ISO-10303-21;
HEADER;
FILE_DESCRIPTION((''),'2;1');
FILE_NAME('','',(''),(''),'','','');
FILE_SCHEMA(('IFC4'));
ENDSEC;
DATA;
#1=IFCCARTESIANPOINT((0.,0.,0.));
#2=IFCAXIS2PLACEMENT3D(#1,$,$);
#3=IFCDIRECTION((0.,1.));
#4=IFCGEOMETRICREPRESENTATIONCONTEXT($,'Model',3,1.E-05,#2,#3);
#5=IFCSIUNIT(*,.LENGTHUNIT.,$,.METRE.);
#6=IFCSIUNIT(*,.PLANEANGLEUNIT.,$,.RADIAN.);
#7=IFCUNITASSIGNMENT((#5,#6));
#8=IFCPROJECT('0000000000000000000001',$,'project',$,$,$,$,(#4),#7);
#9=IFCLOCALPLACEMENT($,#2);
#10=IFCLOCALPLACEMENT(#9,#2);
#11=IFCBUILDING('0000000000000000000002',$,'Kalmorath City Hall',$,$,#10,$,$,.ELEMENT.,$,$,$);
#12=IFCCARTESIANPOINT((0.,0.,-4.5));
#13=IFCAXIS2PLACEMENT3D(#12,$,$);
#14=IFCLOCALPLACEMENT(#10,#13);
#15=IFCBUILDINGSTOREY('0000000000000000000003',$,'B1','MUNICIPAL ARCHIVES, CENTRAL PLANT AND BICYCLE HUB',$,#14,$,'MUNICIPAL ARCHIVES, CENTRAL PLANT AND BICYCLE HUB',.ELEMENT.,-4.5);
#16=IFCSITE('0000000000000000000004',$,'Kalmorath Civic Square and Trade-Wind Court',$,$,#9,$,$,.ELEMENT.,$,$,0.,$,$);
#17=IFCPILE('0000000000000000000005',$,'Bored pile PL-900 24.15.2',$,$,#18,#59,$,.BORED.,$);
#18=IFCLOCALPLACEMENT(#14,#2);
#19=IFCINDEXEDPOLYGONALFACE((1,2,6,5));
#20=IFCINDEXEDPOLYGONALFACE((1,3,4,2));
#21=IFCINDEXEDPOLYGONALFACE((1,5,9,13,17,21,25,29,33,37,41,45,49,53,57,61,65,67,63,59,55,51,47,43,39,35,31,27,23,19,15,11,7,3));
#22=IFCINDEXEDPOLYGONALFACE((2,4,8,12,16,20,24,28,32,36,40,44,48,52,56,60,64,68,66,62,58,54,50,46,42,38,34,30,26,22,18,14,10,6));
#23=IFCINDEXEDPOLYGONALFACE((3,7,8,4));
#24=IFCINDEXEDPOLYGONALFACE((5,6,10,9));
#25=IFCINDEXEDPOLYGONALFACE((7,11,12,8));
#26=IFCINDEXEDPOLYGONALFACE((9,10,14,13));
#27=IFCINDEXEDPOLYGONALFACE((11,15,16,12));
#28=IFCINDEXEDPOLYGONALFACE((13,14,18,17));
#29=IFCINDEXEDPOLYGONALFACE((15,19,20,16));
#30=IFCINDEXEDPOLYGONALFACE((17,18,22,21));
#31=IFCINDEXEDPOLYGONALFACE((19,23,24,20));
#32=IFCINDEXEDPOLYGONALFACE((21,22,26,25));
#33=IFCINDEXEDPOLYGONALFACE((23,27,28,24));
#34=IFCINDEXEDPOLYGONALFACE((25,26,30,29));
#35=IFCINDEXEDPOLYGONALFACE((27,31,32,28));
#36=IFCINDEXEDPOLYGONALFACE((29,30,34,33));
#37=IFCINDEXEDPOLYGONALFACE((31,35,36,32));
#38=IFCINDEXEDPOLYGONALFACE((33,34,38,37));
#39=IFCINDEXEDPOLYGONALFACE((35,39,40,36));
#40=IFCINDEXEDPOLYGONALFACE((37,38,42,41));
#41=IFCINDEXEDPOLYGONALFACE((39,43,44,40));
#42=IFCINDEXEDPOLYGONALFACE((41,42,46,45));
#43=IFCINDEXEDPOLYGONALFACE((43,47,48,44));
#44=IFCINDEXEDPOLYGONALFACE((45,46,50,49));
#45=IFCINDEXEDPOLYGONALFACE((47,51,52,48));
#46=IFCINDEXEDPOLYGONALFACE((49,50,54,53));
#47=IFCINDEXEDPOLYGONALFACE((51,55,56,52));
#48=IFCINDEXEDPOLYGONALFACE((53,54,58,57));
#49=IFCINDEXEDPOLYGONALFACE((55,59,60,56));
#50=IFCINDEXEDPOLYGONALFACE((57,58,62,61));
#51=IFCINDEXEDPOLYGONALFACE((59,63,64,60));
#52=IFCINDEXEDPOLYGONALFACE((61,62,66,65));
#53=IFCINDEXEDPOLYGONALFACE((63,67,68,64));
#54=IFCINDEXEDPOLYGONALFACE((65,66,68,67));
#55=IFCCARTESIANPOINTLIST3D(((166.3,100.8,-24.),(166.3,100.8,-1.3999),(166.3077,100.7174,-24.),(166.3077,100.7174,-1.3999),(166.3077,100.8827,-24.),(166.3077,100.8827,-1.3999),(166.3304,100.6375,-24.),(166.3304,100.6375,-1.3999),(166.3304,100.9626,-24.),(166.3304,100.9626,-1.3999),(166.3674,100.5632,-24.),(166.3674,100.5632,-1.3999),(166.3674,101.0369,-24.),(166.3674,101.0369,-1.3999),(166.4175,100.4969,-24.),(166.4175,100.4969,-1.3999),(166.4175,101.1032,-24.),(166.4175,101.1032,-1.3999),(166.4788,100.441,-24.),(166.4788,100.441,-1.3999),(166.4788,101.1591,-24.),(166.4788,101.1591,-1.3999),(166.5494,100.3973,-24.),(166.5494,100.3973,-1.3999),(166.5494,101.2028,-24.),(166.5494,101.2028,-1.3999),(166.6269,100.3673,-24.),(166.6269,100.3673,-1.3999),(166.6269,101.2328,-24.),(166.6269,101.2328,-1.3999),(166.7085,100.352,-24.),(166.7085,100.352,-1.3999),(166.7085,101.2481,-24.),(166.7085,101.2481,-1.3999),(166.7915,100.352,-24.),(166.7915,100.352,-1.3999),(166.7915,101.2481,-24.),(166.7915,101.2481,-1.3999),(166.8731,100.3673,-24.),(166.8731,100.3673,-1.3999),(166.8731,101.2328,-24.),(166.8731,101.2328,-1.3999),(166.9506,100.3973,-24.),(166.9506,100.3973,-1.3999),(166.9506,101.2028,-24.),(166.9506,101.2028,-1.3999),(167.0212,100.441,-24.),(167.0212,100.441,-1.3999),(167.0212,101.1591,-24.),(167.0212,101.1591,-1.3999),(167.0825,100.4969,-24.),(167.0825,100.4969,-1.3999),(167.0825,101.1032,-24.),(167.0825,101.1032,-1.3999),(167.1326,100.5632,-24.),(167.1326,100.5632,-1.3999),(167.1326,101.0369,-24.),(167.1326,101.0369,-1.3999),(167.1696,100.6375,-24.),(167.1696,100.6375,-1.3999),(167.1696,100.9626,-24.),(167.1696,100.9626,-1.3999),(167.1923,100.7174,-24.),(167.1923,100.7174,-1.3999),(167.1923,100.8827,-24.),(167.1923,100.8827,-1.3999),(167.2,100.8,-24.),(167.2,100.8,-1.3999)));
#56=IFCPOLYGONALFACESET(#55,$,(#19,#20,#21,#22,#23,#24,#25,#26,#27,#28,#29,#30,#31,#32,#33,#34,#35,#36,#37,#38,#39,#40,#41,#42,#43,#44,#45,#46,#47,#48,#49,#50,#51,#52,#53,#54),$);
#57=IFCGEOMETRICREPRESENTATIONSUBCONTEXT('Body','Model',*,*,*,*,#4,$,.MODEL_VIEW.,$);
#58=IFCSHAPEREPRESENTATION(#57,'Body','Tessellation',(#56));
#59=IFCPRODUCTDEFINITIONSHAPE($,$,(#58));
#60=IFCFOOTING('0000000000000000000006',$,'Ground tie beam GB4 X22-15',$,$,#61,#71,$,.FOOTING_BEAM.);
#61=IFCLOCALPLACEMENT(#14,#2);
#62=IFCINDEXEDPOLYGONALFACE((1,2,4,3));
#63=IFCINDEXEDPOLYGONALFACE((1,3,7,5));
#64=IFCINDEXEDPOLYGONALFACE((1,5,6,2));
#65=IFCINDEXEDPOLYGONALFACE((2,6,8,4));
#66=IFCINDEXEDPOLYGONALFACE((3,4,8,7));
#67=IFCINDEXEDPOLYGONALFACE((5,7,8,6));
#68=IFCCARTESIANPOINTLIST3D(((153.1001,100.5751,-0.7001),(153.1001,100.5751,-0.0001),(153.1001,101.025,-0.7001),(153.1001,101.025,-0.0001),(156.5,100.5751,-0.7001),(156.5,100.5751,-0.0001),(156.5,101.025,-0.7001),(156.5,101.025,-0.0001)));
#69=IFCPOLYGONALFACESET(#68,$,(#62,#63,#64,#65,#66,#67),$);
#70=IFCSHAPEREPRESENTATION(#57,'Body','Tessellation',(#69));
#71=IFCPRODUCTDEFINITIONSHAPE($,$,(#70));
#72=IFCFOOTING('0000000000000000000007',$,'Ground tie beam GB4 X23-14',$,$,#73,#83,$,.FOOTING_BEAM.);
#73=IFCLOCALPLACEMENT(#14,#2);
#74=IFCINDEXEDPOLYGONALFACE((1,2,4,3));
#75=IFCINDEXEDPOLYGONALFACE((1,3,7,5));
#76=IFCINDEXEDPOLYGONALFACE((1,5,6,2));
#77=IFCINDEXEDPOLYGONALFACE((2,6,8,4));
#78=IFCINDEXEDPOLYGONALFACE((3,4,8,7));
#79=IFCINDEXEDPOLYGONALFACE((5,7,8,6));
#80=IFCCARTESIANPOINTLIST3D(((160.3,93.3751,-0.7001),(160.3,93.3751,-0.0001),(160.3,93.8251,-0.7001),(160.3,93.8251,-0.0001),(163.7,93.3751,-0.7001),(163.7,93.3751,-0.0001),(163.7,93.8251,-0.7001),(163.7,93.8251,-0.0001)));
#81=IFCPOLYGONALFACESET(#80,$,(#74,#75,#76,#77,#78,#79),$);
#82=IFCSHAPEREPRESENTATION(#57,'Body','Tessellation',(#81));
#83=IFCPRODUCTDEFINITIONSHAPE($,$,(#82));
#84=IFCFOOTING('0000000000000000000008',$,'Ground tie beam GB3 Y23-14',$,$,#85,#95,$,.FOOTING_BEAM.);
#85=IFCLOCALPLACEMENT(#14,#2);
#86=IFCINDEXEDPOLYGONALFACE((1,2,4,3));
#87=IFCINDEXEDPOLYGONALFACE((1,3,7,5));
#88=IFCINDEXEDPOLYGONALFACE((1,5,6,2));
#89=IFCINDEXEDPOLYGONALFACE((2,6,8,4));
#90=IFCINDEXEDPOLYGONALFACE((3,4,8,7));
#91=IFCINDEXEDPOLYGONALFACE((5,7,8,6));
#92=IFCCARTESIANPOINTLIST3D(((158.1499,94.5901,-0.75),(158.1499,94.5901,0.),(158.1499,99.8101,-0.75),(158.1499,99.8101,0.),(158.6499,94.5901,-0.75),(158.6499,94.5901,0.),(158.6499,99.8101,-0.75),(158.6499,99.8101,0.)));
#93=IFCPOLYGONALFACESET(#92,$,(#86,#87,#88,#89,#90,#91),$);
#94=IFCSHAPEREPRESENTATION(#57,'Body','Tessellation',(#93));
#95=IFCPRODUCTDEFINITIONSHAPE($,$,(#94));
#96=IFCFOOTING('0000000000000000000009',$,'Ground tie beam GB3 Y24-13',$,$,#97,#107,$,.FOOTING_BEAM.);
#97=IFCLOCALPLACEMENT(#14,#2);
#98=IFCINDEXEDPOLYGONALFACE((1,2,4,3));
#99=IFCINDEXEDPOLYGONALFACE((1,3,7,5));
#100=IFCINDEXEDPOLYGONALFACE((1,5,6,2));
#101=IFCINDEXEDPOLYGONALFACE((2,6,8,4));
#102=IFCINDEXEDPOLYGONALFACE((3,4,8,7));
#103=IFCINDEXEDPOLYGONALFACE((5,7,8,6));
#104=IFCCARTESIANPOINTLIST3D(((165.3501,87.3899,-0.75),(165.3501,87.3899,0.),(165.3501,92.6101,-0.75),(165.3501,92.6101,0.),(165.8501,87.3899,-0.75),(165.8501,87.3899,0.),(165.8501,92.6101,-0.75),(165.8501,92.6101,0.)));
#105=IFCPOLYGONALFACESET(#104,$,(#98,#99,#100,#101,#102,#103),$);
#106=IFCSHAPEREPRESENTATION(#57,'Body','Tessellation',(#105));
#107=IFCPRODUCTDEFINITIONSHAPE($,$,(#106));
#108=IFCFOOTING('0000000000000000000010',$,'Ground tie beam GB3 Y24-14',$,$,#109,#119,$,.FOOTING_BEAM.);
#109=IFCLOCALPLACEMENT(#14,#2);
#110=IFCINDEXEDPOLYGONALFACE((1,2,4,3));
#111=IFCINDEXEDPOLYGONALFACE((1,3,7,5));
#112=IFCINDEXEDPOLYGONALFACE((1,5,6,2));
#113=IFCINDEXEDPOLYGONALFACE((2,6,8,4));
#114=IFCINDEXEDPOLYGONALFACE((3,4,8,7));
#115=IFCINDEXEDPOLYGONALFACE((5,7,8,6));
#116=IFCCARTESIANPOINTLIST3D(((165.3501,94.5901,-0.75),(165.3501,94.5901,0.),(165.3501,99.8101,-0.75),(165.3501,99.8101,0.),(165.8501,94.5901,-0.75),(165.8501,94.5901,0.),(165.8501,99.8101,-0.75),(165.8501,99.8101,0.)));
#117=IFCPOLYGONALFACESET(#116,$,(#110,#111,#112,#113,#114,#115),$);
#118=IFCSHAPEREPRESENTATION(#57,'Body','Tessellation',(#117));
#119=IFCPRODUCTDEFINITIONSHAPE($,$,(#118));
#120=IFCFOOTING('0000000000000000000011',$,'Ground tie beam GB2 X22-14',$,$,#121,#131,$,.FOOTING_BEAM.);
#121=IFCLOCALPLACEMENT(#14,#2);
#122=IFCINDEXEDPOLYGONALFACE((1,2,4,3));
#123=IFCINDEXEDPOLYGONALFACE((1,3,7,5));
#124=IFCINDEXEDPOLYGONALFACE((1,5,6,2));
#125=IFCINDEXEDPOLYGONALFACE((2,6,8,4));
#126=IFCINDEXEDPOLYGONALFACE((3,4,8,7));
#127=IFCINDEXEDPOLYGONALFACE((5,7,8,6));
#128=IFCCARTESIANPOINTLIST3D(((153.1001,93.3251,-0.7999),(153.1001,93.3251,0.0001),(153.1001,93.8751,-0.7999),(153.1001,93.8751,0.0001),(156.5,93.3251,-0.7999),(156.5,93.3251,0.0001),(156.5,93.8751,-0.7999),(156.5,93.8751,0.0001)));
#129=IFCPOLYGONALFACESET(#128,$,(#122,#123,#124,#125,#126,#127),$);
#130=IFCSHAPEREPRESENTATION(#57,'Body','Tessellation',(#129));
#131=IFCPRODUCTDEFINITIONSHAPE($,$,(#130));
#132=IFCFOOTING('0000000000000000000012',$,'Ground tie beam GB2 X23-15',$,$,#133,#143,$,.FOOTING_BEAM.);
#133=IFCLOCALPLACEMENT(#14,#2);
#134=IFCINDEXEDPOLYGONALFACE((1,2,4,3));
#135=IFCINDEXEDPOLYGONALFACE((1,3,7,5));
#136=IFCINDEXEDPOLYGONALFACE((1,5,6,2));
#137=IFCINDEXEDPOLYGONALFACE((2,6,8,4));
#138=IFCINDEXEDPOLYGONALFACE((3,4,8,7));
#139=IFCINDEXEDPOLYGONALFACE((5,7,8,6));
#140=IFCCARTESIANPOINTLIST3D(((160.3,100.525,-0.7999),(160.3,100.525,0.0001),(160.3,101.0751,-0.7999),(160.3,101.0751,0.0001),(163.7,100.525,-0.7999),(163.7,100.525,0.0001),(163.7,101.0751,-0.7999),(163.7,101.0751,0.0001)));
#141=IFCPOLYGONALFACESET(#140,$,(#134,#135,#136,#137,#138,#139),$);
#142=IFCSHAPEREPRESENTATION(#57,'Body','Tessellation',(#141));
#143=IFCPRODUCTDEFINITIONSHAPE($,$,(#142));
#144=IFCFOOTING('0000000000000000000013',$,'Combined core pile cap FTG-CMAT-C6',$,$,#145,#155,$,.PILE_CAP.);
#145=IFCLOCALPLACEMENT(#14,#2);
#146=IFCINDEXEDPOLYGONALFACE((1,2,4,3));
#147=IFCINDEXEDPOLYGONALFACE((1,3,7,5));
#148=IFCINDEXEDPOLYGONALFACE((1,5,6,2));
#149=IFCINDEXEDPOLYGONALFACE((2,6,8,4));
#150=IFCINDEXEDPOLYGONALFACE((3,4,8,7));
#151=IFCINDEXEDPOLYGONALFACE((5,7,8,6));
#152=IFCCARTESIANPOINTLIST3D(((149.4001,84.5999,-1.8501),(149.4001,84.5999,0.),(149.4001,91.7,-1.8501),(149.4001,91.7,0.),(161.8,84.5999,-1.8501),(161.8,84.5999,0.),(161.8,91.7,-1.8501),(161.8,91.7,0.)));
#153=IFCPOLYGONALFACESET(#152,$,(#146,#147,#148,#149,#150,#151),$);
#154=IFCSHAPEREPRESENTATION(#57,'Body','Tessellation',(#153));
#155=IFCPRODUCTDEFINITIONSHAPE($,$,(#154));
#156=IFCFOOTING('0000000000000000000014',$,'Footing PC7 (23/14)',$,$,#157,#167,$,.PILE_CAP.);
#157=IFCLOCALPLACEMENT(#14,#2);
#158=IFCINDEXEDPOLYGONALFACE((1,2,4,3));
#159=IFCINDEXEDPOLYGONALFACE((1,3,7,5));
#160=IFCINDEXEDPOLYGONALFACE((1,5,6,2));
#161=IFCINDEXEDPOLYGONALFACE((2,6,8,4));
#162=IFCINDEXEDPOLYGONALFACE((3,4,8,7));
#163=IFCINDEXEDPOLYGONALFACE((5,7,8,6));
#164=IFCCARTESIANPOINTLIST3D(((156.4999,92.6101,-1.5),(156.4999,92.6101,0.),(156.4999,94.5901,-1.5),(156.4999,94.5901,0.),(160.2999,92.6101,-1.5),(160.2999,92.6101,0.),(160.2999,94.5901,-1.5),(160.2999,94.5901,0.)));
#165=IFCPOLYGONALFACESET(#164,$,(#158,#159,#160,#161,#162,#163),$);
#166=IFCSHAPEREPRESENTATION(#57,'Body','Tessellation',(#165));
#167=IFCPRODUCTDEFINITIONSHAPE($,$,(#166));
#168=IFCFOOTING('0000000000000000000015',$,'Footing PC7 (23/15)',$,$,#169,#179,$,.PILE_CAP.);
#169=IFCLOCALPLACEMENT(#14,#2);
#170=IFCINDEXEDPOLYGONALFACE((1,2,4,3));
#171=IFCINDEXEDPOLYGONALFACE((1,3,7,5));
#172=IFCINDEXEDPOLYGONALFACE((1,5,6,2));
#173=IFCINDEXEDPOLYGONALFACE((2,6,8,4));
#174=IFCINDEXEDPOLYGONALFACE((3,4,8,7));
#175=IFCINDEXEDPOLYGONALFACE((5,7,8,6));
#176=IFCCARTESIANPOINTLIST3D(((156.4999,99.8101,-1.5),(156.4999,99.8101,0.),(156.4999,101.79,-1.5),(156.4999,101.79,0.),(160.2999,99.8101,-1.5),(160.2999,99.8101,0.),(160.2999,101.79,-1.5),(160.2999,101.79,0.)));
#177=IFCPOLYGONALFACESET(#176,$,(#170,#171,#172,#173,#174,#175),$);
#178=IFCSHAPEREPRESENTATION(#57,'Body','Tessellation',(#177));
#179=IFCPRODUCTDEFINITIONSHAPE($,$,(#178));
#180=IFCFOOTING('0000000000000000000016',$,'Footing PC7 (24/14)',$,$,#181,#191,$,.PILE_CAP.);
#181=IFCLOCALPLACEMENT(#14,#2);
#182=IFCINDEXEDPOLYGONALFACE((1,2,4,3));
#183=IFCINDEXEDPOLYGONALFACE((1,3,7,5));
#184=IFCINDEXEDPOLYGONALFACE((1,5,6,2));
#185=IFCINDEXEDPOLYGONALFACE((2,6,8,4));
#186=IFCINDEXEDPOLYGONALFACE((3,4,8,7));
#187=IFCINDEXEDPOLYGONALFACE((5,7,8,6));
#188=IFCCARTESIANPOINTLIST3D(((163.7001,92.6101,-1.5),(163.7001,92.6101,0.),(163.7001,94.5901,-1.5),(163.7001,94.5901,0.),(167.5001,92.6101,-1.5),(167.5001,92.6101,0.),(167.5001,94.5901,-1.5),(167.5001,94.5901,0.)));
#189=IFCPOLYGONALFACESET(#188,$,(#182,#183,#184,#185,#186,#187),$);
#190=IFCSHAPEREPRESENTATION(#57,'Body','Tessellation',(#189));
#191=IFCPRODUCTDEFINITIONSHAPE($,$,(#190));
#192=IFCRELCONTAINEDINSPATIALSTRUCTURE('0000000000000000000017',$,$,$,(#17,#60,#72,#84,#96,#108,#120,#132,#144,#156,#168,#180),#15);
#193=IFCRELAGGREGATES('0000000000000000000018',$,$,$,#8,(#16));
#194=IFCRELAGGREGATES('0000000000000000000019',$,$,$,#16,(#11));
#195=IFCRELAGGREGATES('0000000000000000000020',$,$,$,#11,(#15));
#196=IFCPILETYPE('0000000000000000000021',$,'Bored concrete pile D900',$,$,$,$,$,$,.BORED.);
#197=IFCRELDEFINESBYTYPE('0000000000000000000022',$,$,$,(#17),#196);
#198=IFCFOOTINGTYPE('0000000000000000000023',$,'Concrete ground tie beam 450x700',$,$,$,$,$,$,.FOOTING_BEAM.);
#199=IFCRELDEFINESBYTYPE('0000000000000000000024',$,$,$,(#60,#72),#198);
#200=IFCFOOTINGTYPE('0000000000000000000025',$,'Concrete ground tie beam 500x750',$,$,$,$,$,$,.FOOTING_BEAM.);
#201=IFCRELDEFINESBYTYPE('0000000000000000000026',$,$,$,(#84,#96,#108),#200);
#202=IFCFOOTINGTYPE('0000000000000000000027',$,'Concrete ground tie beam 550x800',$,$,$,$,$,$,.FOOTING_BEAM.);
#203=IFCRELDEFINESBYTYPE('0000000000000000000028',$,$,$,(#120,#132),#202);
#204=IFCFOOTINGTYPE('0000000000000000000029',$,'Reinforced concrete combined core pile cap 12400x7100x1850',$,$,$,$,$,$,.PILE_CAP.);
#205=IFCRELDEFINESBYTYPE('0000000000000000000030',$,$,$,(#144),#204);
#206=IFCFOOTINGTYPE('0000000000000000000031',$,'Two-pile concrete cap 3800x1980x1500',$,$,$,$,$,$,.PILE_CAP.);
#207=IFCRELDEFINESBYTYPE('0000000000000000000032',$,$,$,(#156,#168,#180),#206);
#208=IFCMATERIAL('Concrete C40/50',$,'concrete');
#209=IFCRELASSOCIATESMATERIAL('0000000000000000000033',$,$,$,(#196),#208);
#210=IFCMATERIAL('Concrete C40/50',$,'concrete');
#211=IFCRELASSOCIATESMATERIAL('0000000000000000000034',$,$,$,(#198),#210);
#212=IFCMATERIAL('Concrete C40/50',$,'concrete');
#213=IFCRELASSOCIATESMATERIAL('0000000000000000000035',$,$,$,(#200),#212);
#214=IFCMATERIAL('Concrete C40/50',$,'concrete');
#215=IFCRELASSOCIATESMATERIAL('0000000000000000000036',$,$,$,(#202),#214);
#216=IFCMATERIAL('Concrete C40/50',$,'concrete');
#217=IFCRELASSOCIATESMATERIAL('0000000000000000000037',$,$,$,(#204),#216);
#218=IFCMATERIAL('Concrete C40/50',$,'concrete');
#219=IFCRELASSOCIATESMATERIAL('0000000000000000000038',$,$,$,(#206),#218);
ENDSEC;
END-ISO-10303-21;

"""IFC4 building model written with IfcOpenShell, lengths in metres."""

from ifc_helpers import new_model, si_unit, direction, frame, origin, origin_2d, place, context, subcontext, project, spatial, rectangle, circle, extrude, material, material_profile, profile_set, type_object, element, save


model = new_model("IFC4")

# Units and contexts
model_context = context("Model", 3, precision=1e-05, world=origin(), true_north=direction((0.0, 1.0)))
body_context = subcontext(model_context, "Body", "Model", "MODEL_VIEW")
ifc_project = project(units=[si_unit("LENGTHUNIT", "METRE"), si_unit("PLANEANGLEUNIT", "RADIAN")], contexts=[model_context])

# Site, building, storey
site_placement = place(None, origin())
site = spatial("IfcSite", under=ifc_project, at=site_placement, Name="Kalmorath Civic Square and Trade-Wind Court", CompositionType="ELEMENT", RefElevation=0.0)
building_placement = place(site_placement, origin())
building = spatial("IfcBuilding", under=site, at=building_placement, Name="Kalmorath City Hall", CompositionType="ELEMENT")
storey_placement = place(building_placement, frame((0.0, 0.0, -4.5)))
storey = spatial("IfcBuildingStorey", under=building, at=storey_placement, Name="B1", Description="MUNICIPAL ARCHIVES, CENTRAL PLANT AND BICYCLE HUB", LongName="MUNICIPAL ARCHIVES, CENTRAL PLANT AND BICYCLE HUB", CompositionType="ELEMENT", Elevation=-4.5)

# Pile
ifc_material_1 = material(Name="Concrete C40/50", Category="concrete")
ifc_material_profile_1 = material_profile(ifc_material_1, circle(Radius=0.45, at=origin_2d()), Name="PILE-D900")
ifc_profile_set_1 = profile_set([ifc_material_profile_1], Name="Concrete C40/50")
pile_type_1 = type_object("IfcPileType", Name="Bored concrete pile D900", PredefinedType="BORED", material=ifc_profile_set_1)
for number, where, z_axis, x_axis, name in (
    (1, (166.75, 100.8, -1.3999), (0.0, 0.0, -1.0), (1.0, 0.0, 0.0), "Bored pile PL-900 24.15.2"),
):
    element("IfcPile", number, at=place(storey_placement, frame(where, z_axis=z_axis, x_axis=x_axis)), inside=storey, type_object=pile_type_1, Name=name, PredefinedType="BORED", context=body_context, shape_type="SweptSolid", body=[
        extrude(circle(Radius=0.45, at=origin_2d()), origin(), (0.0, 0.0, 1.0), 22.6001),
    ])

# Footings
ifc_material_2 = material(Name="Concrete C40/50", Category="concrete")
ifc_material_profile_2 = material_profile(ifc_material_2, rectangle(XDim=0.45, YDim=0.7, at=origin_2d()), Name="RC-BM-450X700")
ifc_profile_set_2 = profile_set([ifc_material_profile_2], Name="Concrete C40/50")
footing_type_1 = type_object("IfcFootingType", Name="Concrete ground tie beam 450x700", PredefinedType="FOOTING_BEAM", material=ifc_profile_set_2)
for number, where, z_axis, x_axis, name in (
    (2, (153.1001, 100.8, -0.3501), (1.0, 0.0, 0.0), (0.0, 1.0, 0.0), "Ground tie beam GB4 X22-15"),
    (3, (160.3, 93.6001, -0.3501), (1.0, 0.0, 0.0), (0.0, 1.0, 0.0), "Ground tie beam GB4 X23-14"),
):
    element("IfcFooting", number, at=place(storey_placement, frame(where, z_axis=z_axis, x_axis=x_axis)), inside=storey, type_object=footing_type_1, Name=name, PredefinedType="FOOTING_BEAM", context=body_context, shape_type="SweptSolid", body=[
        extrude(rectangle(XDim=0.45, YDim=0.7, at=origin_2d()), origin(), (0.0, 0.0, 1.0), 3.3999),
    ])
ifc_material_3 = material(Name="Concrete C40/50", Category="concrete")
ifc_material_profile_3 = material_profile(ifc_material_3, rectangle(XDim=0.5, YDim=0.75, at=origin_2d()), Name="RC-BM-500X750")
ifc_profile_set_3 = profile_set([ifc_material_profile_3], Name="Concrete C40/50")
footing_type_2 = type_object("IfcFootingType", Name="Concrete ground tie beam 500x750", PredefinedType="FOOTING_BEAM", material=ifc_profile_set_3)
footing_1_placement = place(storey_placement, frame((158.3999, 94.5901, -0.375), z_axis=(0.0, 1.0, 0.0), x_axis=(-1.0, 0.0, 0.0)))
element("IfcFooting", 4, at=footing_1_placement, inside=storey, type_object=footing_type_2, Name="Ground tie beam GB3 Y23-14", PredefinedType="FOOTING_BEAM", context=body_context, shape_type="SweptSolid", body=[
    extrude(rectangle(XDim=0.5, YDim=0.75, at=origin_2d()), origin(), (0.0, 0.0, 1.0), 5.22),
])
footing_2_placement = place(storey_placement, frame((165.6001, 87.3899, -0.375), z_axis=(0.0, 1.0, 0.0), x_axis=(-1.0, 0.0, 0.0)))
element("IfcFooting", 5, at=footing_2_placement, inside=storey, type_object=footing_type_2, Name="Ground tie beam GB3 Y24-13", PredefinedType="FOOTING_BEAM", context=body_context, shape_type="SweptSolid", body=[
    extrude(rectangle(XDim=0.5, YDim=0.75, at=origin_2d()), origin(), (0.0, 0.0, 1.0), 5.2202),
])
footing_3_placement = place(storey_placement, frame((165.6001, 94.5901, -0.375), z_axis=(0.0, 1.0, 0.0), x_axis=(-1.0, 0.0, 0.0)))
element("IfcFooting", 6, at=footing_3_placement, inside=storey, type_object=footing_type_2, Name="Ground tie beam GB3 Y24-14", PredefinedType="FOOTING_BEAM", context=body_context, shape_type="SweptSolid", body=[
    extrude(rectangle(XDim=0.5, YDim=0.75, at=origin_2d()), origin(), (0.0, 0.0, 1.0), 5.22),
])
ifc_material_4 = material(Name="Concrete C40/50", Category="concrete")
ifc_material_profile_4 = material_profile(ifc_material_4, rectangle(XDim=0.55, YDim=0.8, at=origin_2d()), Name="RC-BM-550X800")
ifc_profile_set_4 = profile_set([ifc_material_profile_4], Name="Concrete C40/50")
footing_type_3 = type_object("IfcFootingType", Name="Concrete ground tie beam 550x800", PredefinedType="FOOTING_BEAM", material=ifc_profile_set_4)
for number, where, z_axis, x_axis, name in (
    (7, (153.1001, 93.6001, -0.3999), (1.0, 0.0, 0.0), (0.0, 1.0, 0.0), "Ground tie beam GB2 X22-14"),
    (8, (160.3, 100.8, -0.3999), (1.0, 0.0, 0.0), (0.0, 1.0, 0.0), "Ground tie beam GB2 X23-15"),
):
    element("IfcFooting", number, at=place(storey_placement, frame(where, z_axis=z_axis, x_axis=x_axis)), inside=storey, type_object=footing_type_3, Name=name, PredefinedType="FOOTING_BEAM", context=body_context, shape_type="SweptSolid", body=[
        extrude(rectangle(XDim=0.55, YDim=0.8, at=origin_2d()), origin(), (0.0, 0.0, 1.0), 3.3999),
    ])
ifc_material_5 = material(Name="Concrete C40/50", Category="concrete")
footing_type_4 = type_object("IfcFootingType", Name="Reinforced concrete combined core pile cap 12400x7100x1850", PredefinedType="PILE_CAP", material=ifc_material_5)
footing_4_placement = place(storey_placement, frame((155.6001, 88.1499, -1.8501), z_axis=(0.0, 0.0, 1.0), x_axis=(1.0, 0.0, 0.0)))
element("IfcFooting", 9, at=footing_4_placement, inside=storey, type_object=footing_type_4, Name="Combined core pile cap FTG-CMAT-C6", PredefinedType="PILE_CAP", context=body_context, shape_type="SweptSolid", body=[
    extrude(rectangle(XDim=12.3999, YDim=7.1001, at=origin_2d()), origin(), (0.0, 0.0, 1.0), 1.8501),
])
ifc_material_6 = material(Name="Concrete C40/50", Category="concrete")
footing_type_5 = type_object("IfcFootingType", Name="Two-pile concrete cap 3800x1980x1500", PredefinedType="PILE_CAP", material=ifc_material_6)
for number, where, z_axis, x_axis, name in (
    (10, (158.3999, 93.6001, -1.5), (0.0, 0.0, 1.0), (1.0, 0.0, 0.0), "Footing PC7 (23/14)"),
    (11, (158.3999, 100.8, -1.5), (0.0, 0.0, 1.0), (1.0, 0.0, 0.0), "Footing PC7 (23/15)"),
    (12, (165.6001, 93.6001, -1.5), (0.0, 0.0, 1.0), (1.0, 0.0, 0.0), "Footing PC7 (24/14)"),
):
    element("IfcFooting", number, at=place(storey_placement, frame(where, z_axis=z_axis, x_axis=x_axis)), inside=storey, type_object=footing_type_5, Name=name, PredefinedType="PILE_CAP", context=body_context, shape_type="SweptSolid", body=[
        extrude(rectangle(XDim=3.8, YDim=1.98, at=origin_2d()), origin(), (0.0, 0.0, 1.0), 1.5),
    ])

save(model, "model.ifc")
